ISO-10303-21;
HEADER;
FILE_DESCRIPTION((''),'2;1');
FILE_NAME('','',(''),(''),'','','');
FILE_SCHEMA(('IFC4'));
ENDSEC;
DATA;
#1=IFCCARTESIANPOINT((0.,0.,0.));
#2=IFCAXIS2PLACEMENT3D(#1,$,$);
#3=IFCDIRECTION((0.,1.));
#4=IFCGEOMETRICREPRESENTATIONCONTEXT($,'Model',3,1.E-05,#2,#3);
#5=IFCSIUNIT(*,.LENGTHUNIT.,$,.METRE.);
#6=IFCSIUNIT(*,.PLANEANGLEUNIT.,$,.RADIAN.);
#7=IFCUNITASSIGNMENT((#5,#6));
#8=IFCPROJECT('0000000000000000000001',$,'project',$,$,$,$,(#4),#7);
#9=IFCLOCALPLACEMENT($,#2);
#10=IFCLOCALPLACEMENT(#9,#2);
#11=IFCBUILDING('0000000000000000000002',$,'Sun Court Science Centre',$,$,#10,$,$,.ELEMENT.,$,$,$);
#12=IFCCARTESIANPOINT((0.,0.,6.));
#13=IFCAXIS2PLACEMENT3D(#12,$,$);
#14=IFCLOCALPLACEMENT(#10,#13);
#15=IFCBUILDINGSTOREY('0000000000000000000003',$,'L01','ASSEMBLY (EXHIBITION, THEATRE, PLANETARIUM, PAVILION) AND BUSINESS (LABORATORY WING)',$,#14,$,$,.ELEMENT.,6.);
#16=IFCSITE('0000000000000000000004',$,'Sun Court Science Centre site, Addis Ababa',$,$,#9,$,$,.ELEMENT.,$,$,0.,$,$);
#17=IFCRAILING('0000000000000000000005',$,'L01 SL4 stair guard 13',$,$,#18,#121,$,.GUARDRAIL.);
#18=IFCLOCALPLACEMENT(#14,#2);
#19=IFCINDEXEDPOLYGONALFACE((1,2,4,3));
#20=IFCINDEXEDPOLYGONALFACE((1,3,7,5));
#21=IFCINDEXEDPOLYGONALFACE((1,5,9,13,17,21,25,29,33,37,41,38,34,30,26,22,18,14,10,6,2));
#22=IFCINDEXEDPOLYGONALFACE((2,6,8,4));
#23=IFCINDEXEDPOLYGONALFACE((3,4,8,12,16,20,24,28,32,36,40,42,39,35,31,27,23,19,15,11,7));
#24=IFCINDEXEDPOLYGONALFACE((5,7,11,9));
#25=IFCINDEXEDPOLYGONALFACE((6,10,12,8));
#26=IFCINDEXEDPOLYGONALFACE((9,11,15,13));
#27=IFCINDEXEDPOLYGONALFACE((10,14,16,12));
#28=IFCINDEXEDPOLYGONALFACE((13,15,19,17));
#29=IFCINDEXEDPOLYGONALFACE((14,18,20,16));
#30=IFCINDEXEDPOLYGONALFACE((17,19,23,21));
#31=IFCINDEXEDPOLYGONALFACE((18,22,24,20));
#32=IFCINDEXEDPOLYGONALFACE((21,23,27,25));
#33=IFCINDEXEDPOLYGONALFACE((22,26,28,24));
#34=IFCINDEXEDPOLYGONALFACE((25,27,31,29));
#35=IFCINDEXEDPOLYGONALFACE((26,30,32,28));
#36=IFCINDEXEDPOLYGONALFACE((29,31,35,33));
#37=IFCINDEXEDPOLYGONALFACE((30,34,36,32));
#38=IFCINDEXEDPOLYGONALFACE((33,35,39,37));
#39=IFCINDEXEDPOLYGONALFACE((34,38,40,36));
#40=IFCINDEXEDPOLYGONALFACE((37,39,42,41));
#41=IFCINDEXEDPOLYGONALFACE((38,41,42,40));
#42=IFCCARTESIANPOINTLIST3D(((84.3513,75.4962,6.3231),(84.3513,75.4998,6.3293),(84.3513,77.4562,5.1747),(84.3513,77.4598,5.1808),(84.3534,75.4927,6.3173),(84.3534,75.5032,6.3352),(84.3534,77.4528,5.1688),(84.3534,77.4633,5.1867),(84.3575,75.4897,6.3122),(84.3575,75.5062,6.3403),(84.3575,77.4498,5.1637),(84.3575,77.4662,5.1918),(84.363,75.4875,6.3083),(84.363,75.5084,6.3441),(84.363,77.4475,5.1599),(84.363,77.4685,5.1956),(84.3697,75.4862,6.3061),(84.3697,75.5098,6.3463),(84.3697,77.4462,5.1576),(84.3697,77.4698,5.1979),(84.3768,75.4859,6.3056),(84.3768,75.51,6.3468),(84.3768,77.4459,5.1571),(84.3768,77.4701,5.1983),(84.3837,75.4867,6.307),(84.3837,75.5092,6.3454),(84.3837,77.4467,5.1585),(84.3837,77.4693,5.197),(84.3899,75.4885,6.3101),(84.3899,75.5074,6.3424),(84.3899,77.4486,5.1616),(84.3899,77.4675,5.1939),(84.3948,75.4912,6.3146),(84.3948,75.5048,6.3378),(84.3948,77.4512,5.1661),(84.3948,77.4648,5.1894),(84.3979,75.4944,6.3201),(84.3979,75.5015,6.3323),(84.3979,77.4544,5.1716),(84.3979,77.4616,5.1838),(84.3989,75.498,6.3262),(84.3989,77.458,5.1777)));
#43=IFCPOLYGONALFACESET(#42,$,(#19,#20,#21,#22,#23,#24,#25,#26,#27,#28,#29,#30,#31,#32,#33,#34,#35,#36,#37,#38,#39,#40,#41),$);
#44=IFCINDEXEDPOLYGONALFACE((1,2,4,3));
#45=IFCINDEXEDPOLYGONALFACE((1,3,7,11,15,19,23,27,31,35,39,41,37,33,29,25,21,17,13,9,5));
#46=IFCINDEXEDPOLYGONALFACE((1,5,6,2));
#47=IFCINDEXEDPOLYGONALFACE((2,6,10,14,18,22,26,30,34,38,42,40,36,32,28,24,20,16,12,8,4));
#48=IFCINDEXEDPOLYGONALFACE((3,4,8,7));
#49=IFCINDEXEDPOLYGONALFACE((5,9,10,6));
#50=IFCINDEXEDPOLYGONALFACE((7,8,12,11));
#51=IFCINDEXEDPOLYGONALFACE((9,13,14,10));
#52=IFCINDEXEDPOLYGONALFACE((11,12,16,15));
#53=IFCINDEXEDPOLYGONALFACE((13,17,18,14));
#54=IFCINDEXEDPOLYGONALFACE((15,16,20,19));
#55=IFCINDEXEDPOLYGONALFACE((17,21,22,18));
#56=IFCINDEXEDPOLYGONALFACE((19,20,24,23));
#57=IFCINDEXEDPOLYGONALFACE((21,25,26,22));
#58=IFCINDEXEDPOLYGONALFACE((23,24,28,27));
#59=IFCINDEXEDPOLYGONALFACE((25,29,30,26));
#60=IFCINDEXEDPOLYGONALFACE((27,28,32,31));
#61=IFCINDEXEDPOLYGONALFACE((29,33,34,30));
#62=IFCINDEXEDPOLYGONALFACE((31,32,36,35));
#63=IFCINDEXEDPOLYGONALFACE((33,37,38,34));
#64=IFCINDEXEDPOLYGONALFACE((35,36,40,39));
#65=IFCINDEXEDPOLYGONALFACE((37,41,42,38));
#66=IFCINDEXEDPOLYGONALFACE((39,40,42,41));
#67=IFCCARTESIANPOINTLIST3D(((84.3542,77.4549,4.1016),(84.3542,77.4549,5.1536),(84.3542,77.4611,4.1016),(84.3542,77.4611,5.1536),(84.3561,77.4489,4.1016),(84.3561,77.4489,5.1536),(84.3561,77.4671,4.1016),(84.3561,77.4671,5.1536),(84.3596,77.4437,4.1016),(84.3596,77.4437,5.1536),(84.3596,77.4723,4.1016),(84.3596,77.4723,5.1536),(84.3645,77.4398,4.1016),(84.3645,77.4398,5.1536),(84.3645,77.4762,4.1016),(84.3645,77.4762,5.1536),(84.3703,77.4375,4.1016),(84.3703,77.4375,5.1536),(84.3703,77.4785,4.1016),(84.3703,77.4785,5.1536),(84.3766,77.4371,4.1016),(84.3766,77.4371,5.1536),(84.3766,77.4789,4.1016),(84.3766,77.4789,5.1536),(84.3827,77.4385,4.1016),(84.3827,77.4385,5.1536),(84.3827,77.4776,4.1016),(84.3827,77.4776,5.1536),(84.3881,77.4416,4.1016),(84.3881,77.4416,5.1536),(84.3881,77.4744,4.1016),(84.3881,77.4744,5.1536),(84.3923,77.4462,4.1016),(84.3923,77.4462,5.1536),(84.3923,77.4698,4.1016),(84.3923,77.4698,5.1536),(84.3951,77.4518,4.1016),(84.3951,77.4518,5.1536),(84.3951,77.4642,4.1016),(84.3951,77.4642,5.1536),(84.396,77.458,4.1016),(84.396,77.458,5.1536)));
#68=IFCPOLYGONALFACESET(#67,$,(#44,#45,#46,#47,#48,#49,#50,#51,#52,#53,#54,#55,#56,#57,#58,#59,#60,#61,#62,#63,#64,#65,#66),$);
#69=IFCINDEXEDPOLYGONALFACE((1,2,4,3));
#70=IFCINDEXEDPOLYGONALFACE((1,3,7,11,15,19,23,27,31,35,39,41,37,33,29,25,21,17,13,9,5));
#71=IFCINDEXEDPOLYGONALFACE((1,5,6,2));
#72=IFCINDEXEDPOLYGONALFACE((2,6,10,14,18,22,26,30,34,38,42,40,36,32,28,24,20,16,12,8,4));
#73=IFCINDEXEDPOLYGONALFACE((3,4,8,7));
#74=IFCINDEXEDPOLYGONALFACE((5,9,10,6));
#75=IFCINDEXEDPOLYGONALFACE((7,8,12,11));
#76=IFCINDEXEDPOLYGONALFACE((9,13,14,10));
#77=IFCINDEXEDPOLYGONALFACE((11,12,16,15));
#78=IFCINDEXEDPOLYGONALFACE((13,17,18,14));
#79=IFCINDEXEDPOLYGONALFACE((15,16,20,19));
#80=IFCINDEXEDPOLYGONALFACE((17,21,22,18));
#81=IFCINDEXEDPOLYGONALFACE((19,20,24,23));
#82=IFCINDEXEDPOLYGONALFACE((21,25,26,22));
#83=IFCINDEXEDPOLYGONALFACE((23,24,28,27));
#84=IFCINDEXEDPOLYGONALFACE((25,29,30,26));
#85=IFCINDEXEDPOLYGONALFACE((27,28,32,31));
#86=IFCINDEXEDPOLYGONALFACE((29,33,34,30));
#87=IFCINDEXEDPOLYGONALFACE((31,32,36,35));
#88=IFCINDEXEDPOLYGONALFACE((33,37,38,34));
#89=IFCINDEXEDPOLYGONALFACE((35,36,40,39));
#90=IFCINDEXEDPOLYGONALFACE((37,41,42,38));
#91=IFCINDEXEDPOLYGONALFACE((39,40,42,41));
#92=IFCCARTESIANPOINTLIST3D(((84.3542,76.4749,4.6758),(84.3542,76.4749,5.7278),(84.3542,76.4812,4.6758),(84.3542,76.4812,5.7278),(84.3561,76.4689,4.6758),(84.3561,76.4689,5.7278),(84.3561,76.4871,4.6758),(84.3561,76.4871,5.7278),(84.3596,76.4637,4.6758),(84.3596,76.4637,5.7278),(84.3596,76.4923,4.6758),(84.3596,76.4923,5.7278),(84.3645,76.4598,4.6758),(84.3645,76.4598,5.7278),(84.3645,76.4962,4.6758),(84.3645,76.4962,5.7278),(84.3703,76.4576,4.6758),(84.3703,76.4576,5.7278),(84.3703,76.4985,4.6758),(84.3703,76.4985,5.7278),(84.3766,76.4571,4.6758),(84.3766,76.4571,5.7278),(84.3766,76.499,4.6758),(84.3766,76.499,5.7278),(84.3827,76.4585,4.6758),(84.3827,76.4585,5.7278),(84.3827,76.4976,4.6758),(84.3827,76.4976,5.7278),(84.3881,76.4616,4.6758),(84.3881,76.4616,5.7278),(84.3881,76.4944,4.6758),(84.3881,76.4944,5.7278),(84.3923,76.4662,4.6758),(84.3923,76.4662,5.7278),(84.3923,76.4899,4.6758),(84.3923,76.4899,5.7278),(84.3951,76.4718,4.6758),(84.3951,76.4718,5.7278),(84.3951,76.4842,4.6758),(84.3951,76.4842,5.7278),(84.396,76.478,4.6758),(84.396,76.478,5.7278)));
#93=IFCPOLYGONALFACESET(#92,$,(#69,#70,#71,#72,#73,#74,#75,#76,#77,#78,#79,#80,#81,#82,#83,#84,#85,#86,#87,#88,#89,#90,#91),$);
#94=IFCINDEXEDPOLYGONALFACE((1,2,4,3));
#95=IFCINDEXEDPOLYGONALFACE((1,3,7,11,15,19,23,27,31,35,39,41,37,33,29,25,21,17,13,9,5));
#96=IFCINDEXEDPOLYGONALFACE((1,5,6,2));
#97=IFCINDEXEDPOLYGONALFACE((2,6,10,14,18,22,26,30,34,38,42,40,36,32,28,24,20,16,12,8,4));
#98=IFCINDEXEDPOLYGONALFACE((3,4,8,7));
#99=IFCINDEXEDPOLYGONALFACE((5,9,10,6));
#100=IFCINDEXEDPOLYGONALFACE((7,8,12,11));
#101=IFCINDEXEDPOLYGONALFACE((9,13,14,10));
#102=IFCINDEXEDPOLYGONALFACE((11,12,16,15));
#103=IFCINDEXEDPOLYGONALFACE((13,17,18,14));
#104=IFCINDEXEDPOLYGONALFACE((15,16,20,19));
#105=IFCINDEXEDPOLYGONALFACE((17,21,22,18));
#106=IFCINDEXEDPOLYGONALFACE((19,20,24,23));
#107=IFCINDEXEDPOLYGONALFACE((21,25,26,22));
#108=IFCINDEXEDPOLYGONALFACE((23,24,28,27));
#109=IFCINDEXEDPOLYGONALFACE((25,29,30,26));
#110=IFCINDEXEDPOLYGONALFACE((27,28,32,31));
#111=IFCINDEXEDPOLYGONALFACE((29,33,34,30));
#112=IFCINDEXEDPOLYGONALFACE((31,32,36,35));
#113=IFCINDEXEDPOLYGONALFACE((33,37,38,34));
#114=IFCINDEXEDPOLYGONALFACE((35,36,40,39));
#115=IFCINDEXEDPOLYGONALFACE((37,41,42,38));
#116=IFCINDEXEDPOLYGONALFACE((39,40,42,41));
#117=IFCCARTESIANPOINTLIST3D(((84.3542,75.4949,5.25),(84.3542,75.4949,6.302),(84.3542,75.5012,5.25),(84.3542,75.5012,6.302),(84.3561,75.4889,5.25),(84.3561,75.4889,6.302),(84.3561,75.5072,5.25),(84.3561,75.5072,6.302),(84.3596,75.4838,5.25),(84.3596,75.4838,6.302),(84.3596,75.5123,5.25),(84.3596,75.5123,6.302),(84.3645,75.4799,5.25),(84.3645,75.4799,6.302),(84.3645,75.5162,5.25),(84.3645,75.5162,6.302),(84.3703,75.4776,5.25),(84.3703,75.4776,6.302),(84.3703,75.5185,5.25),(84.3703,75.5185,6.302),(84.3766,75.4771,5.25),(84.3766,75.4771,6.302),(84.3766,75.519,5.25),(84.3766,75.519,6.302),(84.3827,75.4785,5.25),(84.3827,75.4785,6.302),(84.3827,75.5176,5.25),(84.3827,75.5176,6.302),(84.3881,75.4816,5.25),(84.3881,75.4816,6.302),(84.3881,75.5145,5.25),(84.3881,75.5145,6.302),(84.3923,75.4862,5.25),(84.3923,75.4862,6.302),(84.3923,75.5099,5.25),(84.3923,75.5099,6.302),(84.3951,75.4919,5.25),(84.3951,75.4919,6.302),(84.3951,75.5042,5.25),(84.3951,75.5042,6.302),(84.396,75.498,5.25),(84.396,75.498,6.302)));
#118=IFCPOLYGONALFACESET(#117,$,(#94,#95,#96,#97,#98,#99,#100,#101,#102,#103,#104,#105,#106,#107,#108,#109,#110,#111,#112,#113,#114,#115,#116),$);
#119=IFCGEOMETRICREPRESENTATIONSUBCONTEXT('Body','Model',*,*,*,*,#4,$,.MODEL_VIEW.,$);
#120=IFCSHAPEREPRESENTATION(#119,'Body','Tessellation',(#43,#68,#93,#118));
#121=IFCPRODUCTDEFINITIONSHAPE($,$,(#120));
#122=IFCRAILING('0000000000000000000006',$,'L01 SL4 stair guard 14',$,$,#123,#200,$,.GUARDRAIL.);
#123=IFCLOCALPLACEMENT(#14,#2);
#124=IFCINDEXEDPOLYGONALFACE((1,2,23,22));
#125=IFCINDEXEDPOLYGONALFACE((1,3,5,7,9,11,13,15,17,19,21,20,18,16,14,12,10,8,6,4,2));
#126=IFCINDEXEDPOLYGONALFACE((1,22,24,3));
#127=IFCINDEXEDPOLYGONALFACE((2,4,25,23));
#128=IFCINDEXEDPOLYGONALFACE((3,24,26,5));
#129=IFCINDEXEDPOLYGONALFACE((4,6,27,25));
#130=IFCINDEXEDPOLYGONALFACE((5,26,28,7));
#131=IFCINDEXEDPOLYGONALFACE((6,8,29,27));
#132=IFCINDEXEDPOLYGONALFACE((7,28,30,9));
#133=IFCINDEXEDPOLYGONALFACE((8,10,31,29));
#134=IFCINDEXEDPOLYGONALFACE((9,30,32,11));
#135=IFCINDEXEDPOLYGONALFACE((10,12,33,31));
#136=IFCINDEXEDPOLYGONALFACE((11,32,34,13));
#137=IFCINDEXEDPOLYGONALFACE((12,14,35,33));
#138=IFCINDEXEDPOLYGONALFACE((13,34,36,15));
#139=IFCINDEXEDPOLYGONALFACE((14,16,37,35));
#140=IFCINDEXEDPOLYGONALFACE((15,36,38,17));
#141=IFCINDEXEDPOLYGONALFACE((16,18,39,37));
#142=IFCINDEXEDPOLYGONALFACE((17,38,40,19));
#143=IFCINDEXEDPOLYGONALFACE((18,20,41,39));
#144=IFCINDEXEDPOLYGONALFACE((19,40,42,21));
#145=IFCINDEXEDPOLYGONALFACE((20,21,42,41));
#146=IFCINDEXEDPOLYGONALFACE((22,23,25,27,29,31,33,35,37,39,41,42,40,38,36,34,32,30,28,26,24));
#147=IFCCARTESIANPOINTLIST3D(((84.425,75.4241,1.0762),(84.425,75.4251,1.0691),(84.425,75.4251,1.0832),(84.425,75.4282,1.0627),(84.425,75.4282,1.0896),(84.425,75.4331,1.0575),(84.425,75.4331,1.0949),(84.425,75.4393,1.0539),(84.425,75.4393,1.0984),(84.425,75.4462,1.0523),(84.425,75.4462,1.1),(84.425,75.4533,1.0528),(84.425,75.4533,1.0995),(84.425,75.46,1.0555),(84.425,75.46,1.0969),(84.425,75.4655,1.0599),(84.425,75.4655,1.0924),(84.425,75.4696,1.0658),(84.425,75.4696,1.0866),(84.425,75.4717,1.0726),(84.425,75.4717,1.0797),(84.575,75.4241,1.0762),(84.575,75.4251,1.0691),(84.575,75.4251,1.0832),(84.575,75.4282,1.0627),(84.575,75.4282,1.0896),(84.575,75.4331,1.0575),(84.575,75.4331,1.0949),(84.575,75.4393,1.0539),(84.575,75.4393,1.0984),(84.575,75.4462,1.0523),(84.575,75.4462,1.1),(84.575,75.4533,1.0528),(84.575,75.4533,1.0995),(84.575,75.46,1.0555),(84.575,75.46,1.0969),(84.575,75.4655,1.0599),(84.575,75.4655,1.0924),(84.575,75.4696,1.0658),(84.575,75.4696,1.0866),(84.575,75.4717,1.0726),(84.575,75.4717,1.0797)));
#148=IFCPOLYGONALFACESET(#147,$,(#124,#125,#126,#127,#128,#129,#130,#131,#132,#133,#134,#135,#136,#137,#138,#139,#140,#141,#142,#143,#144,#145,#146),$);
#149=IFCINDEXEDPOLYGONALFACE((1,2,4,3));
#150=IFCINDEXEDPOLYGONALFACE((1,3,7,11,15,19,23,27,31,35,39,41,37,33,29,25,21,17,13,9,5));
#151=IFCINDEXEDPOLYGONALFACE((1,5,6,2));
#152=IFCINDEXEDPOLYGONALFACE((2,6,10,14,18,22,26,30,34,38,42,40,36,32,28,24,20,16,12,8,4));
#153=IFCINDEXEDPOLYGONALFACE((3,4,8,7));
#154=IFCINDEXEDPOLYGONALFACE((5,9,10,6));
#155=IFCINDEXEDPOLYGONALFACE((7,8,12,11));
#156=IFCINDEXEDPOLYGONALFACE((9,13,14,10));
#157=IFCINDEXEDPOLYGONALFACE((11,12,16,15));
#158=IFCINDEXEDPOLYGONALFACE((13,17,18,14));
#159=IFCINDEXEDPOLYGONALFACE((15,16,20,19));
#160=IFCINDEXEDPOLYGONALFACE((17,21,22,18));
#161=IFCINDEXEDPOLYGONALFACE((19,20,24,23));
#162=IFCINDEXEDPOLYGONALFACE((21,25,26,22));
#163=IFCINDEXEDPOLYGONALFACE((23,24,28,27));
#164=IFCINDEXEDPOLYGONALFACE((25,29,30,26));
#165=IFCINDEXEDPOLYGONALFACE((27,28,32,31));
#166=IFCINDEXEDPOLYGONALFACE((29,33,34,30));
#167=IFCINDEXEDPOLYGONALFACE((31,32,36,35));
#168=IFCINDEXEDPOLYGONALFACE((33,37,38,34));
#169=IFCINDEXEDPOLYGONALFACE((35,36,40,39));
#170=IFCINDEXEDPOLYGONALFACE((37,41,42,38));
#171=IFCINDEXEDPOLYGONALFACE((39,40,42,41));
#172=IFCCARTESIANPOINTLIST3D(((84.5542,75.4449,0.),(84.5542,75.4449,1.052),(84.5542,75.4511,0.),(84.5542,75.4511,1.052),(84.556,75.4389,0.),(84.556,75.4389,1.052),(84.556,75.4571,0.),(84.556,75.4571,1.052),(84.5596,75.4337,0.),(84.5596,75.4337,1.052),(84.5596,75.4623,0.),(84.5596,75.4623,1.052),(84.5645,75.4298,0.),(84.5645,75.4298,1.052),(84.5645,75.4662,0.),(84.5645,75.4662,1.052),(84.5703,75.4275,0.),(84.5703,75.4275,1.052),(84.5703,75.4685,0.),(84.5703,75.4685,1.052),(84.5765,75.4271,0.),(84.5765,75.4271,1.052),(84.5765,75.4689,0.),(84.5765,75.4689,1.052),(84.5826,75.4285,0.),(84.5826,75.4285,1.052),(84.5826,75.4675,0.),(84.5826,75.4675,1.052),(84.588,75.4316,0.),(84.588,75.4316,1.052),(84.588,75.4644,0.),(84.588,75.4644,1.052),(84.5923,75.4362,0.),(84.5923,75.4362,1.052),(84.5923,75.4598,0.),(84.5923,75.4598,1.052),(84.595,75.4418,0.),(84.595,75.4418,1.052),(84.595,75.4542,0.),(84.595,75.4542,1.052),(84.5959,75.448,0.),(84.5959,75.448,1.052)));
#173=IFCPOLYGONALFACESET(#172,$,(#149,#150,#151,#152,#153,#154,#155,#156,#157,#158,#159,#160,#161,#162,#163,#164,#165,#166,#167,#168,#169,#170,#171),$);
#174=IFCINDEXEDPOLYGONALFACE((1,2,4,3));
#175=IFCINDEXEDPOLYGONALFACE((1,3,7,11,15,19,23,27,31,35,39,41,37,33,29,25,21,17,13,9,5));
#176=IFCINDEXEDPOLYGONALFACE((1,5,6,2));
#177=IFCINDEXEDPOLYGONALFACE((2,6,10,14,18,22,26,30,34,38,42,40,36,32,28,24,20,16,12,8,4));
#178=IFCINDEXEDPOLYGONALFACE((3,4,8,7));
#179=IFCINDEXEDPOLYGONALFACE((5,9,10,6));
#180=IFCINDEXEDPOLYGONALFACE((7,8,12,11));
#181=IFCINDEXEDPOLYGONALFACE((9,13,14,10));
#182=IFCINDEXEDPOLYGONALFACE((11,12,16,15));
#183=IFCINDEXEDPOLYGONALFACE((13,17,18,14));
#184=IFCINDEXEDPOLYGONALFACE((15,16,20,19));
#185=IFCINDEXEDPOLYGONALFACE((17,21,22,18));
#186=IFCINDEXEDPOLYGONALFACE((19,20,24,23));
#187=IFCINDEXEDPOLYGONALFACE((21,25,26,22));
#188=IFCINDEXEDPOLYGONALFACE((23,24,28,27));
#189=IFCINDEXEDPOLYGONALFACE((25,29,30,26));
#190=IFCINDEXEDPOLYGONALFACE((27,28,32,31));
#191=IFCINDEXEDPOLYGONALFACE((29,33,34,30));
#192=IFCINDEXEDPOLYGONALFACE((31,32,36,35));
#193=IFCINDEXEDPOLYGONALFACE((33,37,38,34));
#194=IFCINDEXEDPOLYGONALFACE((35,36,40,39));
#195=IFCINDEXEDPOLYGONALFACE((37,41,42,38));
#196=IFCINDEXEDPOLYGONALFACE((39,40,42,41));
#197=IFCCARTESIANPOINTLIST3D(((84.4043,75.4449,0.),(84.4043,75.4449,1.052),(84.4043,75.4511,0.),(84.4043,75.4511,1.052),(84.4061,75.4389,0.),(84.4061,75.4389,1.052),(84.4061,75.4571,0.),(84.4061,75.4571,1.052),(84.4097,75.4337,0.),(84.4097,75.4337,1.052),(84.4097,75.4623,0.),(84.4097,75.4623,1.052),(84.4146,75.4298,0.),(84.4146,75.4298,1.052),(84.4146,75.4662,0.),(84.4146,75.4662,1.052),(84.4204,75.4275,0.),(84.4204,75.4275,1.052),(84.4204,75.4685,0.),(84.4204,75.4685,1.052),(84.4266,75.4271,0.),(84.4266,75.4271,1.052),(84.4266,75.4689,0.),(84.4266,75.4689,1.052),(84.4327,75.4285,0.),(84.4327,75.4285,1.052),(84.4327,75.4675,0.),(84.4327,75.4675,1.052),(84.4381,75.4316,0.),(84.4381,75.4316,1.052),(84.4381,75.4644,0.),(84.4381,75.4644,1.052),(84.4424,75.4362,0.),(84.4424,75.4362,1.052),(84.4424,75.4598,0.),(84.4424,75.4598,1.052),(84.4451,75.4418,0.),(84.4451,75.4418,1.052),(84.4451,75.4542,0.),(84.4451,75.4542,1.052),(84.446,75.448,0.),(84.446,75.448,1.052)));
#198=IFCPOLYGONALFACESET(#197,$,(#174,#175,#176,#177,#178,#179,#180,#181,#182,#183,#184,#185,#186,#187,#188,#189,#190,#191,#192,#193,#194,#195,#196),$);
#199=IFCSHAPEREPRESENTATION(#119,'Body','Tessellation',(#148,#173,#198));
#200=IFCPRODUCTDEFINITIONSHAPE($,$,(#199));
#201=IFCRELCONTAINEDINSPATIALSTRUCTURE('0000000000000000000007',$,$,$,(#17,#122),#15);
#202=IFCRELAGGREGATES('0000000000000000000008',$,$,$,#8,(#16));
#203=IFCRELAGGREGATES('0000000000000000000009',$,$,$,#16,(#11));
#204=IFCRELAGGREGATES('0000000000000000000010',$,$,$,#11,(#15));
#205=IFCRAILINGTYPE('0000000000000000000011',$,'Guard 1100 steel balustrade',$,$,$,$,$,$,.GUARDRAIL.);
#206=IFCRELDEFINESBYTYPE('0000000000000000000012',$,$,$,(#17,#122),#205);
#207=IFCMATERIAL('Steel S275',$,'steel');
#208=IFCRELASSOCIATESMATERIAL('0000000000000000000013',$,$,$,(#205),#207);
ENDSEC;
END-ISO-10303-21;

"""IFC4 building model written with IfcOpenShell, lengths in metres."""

from ifc_helpers import new_model, si_unit, direction, frame, origin, origin_2d, place, context, subcontext, project, spatial, circle, extrude, material, type_object, element, save


model = new_model("IFC4")

# Units and contexts
model_context = context("Model", 3, precision=1e-05, world=origin(), true_north=direction((0.0, 1.0)))
body_context = subcontext(model_context, "Body", "Model", "MODEL_VIEW")
ifc_project = project(units=[si_unit("LENGTHUNIT", "METRE"), si_unit("PLANEANGLEUNIT", "RADIAN")], contexts=[model_context])

# Site, building, storey
site_placement = place(None, origin())
site = spatial("IfcSite", under=ifc_project, at=site_placement, Name="Sun Court Science Centre site, Addis Ababa", CompositionType="ELEMENT", RefElevation=0.0)
building_placement = place(site_placement, origin())
building = spatial("IfcBuilding", under=site, at=building_placement, Name="Sun Court Science Centre", CompositionType="ELEMENT")
storey_placement = place(building_placement, frame((0.0, 0.0, 6.0)))
storey = spatial("IfcBuildingStorey", under=building, at=storey_placement, Name="L01", Description="ASSEMBLY (EXHIBITION, THEATRE, PLANETARIUM, PAVILION) AND BUSINESS (LABORATORY WING)", CompositionType="ELEMENT", Elevation=6.0)

# Railings
ifc_material_1 = material(Name="Steel S275", Category="steel")
railing_type_1 = type_object("IfcRailingType", Name="Guard 1100 steel balustrade", PredefinedType="GUARDRAIL", material=ifc_material_1)
railing_1_placement = place(storey_placement, frame((84.375, 77.458, 4.1016)))
element("IfcRailing", 1, at=railing_1_placement, inside=storey, type_object=railing_type_1, Name="L01 SL4 stair guard 13", PredefinedType="GUARDRAIL", context=body_context, shape_type="SweptSolid", body=[
    extrude(circle(Radius=0.0239, at=origin_2d()), frame((0.0, 0.0, 1.0762), z_axis=(0.0, -0.862795, 0.505554), x_axis=(1.0, 0.0, 0.0)), (0.0, 0.0, 1.0), 2.2717),
    extrude(circle(Radius=0.021, at=origin_2d()), origin(), (0.0, 0.0, 1.0), 1.052),
    extrude(circle(Radius=0.021, at=origin_2d()), frame((0.0, -0.98, 0.5742)), (0.0, 0.0, 1.0), 1.052),
    extrude(circle(Radius=0.021, at=origin_2d()), frame((0.0, -1.96, 1.1484)), (0.0, 0.0, 1.0), 1.052),
])
railing_2_placement = place(storey_placement, frame((84.575, 75.448, 0.0)))
element("IfcRailing", 2, at=railing_2_placement, inside=storey, type_object=railing_type_1, Name="L01 SL4 stair guard 14", PredefinedType="GUARDRAIL", context=body_context, shape_type="SweptSolid", body=[
    extrude(circle(Radius=0.0239, at=origin_2d()), frame((0.0, 0.0, 1.0762), z_axis=(-1.0, 0.0, 0.0), x_axis=(0.0, -1.0, 0.0)), (0.0, 0.0, 1.0), 0.1499),
    extrude(circle(Radius=0.021, at=origin_2d()), origin(), (0.0, 0.0, 1.0), 1.052),
    extrude(circle(Radius=0.021, at=origin_2d()), frame((-0.1499, 0.0, 0.0)), (0.0, 0.0, 1.0), 1.052),
])

save(model, "model.ifc")
